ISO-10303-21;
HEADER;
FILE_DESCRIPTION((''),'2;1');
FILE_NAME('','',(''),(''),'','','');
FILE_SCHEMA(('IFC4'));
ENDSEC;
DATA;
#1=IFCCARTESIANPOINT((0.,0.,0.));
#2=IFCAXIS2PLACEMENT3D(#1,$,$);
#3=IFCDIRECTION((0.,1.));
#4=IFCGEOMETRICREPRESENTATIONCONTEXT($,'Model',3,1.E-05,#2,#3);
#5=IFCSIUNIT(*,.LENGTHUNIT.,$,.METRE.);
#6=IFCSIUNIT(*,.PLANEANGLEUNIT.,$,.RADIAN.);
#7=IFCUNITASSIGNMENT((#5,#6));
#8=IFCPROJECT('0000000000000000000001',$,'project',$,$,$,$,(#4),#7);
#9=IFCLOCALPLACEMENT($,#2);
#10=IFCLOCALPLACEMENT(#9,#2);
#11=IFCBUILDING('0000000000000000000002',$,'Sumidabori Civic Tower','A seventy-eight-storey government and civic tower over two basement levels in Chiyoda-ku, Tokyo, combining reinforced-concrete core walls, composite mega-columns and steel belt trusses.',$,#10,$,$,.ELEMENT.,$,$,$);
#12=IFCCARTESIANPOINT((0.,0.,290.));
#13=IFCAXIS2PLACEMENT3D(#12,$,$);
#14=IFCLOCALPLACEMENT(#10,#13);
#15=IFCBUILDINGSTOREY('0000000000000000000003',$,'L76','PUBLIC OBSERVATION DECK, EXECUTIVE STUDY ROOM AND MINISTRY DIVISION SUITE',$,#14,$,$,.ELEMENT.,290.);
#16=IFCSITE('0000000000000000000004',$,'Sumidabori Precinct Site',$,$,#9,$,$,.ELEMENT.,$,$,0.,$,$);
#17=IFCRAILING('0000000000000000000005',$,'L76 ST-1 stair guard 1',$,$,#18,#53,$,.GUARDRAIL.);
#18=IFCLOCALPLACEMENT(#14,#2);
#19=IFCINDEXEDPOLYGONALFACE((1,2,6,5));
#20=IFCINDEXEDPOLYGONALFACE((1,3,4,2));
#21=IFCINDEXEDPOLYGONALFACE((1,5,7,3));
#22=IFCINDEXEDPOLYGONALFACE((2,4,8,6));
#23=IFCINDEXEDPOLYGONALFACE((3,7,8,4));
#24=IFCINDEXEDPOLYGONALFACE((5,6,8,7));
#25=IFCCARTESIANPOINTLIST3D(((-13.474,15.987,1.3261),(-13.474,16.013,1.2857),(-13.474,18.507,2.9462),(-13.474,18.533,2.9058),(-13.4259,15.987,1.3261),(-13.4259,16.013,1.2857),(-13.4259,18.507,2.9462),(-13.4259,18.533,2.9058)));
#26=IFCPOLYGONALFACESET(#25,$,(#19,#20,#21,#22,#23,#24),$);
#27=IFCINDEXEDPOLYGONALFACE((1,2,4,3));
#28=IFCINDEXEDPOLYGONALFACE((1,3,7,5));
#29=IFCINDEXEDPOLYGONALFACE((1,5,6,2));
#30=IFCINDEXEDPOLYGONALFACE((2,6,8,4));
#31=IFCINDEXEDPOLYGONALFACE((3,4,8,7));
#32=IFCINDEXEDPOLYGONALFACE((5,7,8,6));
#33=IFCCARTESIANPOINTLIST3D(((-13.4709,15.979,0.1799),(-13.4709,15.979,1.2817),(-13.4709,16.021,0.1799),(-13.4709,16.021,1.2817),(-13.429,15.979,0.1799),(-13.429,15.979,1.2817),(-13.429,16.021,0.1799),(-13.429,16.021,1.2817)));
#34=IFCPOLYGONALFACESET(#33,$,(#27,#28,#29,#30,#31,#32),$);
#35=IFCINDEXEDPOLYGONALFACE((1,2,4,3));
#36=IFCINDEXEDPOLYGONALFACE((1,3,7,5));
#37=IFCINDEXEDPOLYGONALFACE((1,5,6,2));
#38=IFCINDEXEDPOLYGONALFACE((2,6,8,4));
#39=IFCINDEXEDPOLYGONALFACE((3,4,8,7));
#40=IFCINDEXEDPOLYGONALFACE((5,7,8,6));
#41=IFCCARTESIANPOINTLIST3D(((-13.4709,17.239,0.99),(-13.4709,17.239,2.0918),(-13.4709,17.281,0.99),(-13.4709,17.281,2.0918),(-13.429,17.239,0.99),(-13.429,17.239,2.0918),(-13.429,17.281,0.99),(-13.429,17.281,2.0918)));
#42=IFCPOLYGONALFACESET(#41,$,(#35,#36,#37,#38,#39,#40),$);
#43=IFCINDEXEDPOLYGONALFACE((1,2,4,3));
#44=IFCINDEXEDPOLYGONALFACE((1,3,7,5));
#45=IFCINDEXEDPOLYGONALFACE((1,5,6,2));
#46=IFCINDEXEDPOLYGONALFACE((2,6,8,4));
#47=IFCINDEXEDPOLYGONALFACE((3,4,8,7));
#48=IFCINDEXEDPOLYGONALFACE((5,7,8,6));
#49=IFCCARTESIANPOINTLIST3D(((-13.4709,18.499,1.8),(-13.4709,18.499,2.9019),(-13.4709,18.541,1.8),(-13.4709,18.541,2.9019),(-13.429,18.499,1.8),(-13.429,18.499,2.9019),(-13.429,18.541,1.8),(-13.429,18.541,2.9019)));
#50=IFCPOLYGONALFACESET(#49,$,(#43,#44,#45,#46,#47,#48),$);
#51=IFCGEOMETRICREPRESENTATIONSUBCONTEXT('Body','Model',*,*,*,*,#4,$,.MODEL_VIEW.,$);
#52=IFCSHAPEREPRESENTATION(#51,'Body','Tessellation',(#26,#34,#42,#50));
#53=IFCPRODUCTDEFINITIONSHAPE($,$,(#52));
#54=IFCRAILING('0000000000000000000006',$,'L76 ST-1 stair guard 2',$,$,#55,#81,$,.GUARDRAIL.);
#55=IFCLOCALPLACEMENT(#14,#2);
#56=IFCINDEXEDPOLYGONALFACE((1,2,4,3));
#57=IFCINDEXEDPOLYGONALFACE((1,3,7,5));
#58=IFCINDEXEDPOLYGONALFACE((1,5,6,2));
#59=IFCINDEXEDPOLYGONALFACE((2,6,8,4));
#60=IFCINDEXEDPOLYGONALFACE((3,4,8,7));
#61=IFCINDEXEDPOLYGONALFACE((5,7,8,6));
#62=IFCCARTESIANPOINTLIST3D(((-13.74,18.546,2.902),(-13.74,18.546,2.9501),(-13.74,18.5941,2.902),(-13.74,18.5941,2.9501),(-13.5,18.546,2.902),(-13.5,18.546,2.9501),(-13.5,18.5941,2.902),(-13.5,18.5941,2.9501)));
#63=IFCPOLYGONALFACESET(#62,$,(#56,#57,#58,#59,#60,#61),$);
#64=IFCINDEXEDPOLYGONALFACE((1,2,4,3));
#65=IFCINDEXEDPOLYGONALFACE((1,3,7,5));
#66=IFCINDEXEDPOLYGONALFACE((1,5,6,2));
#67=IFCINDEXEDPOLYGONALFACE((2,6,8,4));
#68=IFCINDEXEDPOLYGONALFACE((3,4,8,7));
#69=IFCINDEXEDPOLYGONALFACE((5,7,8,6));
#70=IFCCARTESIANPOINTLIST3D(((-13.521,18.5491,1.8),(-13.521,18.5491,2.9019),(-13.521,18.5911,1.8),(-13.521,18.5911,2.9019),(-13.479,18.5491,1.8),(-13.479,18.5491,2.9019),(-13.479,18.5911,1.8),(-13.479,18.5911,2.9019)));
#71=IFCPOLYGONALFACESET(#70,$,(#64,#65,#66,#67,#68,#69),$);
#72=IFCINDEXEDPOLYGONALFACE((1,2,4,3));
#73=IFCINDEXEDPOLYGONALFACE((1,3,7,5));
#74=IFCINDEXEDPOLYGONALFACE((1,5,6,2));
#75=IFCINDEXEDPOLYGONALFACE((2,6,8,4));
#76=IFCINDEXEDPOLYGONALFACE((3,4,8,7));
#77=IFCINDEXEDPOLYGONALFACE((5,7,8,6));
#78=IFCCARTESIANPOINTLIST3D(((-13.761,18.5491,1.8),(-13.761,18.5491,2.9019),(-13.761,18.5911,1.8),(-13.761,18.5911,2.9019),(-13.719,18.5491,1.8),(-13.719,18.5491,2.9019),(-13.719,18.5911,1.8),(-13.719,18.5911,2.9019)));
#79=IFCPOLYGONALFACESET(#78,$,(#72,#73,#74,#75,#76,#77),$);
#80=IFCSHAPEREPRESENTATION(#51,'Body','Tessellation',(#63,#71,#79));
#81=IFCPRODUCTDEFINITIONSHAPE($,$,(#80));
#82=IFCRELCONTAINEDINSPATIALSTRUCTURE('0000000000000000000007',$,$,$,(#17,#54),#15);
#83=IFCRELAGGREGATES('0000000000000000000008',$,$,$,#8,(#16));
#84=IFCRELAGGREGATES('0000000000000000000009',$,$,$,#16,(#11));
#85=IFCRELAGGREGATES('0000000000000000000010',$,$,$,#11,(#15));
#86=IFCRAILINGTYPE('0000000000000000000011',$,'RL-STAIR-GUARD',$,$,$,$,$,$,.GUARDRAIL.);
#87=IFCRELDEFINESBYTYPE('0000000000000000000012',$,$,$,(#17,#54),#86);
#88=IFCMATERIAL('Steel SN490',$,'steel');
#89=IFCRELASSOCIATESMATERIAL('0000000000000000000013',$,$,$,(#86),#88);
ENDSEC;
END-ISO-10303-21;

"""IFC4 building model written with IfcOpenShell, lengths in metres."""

from ifc_helpers import new_model, si_unit, direction, frame, origin, origin_2d, place, context, subcontext, project, spatial, rectangle, extrude, material, type_object, element, save


model = new_model("IFC4")

# Units and contexts
model_context = context("Model", 3, precision=1e-05, world=origin(), true_north=direction((0.0, 1.0)))
body_context = subcontext(model_context, "Body", "Model", "MODEL_VIEW")
ifc_project = project(units=[si_unit("LENGTHUNIT", "METRE"), si_unit("PLANEANGLEUNIT", "RADIAN")], contexts=[model_context])

# Site, building, storey
site_placement = place(None, origin())
site = spatial("IfcSite", under=ifc_project, at=site_placement, Name="Sumidabori Precinct Site", CompositionType="ELEMENT", RefElevation=0.0)
building_placement = place(site_placement, origin())
building = spatial("IfcBuilding", under=site, at=building_placement, Name="Sumidabori Civic Tower", Description="A seventy-eight-storey government and civic tower over two basement levels in Chiyoda-ku, Tokyo, combining reinforced-concrete core walls, composite mega-columns and steel belt trusses.", CompositionType="ELEMENT")
storey_placement = place(building_placement, frame((0.0, 0.0, 290.0)))
storey = spatial("IfcBuildingStorey", under=building, at=storey_placement, Name="L76", Description="PUBLIC OBSERVATION DECK, EXECUTIVE STUDY ROOM AND MINISTRY DIVISION SUITE", CompositionType="ELEMENT", Elevation=290.0)

# Shared definitions
ifc_material_1 = material(Name="Steel SN490", Category="steel")

# Railings
railing_type_1 = type_object("IfcRailingType", Name="RL-STAIR-GUARD", PredefinedType="GUARDRAIL", material=ifc_material_1)
railing_1_placement = place(storey_placement, frame((-13.45, 16.0, 0.1799)))
element("IfcRailing", 1, at=railing_1_placement, inside=storey, type_object=railing_type_1, Name="L76 ST-1 stair guard 1", PredefinedType="GUARDRAIL", context=body_context, shape_type="SweptSolid", body=[
    extrude(rectangle(XDim=0.0481, YDim=0.0481, at=origin_2d()), frame((0.0, 0.0, 1.126), z_axis=(0.0, 0.841163, 0.540782), x_axis=(-1.0, 0.0, 0.0)), (0.0, 0.0, 1.0), 2.9958),
    extrude(rectangle(XDim=0.042, YDim=0.042, at=origin_2d()), origin(), (0.0, 0.0, 1.0), 1.1018),
    extrude(rectangle(XDim=0.042, YDim=0.042, at=origin_2d()), frame((0.0, 1.26, 0.8101)), (0.0, 0.0, 1.0), 1.1018),
    extrude(rectangle(XDim=0.042, YDim=0.042, at=origin_2d()), frame((0.0, 2.52, 1.6201)), (0.0, 0.0, 1.0), 1.1018),
])
railing_2_placement = place(storey_placement, frame((-13.5, 18.5701, 1.8)))
element("IfcRailing", 2, at=railing_2_placement, inside=storey, type_object=railing_type_1, Name="L76 ST-1 stair guard 2", PredefinedType="GUARDRAIL", context=body_context, shape_type="SweptSolid", body=[
    extrude(rectangle(XDim=0.0481, YDim=0.0481, at=origin_2d()), frame((0.0, 0.0, 1.126), z_axis=(-1.0, 0.0, 0.0), x_axis=(0.0, -1.0, 0.0)), (0.0, 0.0, 1.0), 0.24),
    extrude(rectangle(XDim=0.042, YDim=0.042, at=origin_2d()), origin(), (0.0, 0.0, 1.0), 1.1018),
    extrude(rectangle(XDim=0.042, YDim=0.042, at=origin_2d()), frame((-0.24, 0.0, 0.0)), (0.0, 0.0, 1.0), 1.1018),
])

save(model, "model.ifc")
